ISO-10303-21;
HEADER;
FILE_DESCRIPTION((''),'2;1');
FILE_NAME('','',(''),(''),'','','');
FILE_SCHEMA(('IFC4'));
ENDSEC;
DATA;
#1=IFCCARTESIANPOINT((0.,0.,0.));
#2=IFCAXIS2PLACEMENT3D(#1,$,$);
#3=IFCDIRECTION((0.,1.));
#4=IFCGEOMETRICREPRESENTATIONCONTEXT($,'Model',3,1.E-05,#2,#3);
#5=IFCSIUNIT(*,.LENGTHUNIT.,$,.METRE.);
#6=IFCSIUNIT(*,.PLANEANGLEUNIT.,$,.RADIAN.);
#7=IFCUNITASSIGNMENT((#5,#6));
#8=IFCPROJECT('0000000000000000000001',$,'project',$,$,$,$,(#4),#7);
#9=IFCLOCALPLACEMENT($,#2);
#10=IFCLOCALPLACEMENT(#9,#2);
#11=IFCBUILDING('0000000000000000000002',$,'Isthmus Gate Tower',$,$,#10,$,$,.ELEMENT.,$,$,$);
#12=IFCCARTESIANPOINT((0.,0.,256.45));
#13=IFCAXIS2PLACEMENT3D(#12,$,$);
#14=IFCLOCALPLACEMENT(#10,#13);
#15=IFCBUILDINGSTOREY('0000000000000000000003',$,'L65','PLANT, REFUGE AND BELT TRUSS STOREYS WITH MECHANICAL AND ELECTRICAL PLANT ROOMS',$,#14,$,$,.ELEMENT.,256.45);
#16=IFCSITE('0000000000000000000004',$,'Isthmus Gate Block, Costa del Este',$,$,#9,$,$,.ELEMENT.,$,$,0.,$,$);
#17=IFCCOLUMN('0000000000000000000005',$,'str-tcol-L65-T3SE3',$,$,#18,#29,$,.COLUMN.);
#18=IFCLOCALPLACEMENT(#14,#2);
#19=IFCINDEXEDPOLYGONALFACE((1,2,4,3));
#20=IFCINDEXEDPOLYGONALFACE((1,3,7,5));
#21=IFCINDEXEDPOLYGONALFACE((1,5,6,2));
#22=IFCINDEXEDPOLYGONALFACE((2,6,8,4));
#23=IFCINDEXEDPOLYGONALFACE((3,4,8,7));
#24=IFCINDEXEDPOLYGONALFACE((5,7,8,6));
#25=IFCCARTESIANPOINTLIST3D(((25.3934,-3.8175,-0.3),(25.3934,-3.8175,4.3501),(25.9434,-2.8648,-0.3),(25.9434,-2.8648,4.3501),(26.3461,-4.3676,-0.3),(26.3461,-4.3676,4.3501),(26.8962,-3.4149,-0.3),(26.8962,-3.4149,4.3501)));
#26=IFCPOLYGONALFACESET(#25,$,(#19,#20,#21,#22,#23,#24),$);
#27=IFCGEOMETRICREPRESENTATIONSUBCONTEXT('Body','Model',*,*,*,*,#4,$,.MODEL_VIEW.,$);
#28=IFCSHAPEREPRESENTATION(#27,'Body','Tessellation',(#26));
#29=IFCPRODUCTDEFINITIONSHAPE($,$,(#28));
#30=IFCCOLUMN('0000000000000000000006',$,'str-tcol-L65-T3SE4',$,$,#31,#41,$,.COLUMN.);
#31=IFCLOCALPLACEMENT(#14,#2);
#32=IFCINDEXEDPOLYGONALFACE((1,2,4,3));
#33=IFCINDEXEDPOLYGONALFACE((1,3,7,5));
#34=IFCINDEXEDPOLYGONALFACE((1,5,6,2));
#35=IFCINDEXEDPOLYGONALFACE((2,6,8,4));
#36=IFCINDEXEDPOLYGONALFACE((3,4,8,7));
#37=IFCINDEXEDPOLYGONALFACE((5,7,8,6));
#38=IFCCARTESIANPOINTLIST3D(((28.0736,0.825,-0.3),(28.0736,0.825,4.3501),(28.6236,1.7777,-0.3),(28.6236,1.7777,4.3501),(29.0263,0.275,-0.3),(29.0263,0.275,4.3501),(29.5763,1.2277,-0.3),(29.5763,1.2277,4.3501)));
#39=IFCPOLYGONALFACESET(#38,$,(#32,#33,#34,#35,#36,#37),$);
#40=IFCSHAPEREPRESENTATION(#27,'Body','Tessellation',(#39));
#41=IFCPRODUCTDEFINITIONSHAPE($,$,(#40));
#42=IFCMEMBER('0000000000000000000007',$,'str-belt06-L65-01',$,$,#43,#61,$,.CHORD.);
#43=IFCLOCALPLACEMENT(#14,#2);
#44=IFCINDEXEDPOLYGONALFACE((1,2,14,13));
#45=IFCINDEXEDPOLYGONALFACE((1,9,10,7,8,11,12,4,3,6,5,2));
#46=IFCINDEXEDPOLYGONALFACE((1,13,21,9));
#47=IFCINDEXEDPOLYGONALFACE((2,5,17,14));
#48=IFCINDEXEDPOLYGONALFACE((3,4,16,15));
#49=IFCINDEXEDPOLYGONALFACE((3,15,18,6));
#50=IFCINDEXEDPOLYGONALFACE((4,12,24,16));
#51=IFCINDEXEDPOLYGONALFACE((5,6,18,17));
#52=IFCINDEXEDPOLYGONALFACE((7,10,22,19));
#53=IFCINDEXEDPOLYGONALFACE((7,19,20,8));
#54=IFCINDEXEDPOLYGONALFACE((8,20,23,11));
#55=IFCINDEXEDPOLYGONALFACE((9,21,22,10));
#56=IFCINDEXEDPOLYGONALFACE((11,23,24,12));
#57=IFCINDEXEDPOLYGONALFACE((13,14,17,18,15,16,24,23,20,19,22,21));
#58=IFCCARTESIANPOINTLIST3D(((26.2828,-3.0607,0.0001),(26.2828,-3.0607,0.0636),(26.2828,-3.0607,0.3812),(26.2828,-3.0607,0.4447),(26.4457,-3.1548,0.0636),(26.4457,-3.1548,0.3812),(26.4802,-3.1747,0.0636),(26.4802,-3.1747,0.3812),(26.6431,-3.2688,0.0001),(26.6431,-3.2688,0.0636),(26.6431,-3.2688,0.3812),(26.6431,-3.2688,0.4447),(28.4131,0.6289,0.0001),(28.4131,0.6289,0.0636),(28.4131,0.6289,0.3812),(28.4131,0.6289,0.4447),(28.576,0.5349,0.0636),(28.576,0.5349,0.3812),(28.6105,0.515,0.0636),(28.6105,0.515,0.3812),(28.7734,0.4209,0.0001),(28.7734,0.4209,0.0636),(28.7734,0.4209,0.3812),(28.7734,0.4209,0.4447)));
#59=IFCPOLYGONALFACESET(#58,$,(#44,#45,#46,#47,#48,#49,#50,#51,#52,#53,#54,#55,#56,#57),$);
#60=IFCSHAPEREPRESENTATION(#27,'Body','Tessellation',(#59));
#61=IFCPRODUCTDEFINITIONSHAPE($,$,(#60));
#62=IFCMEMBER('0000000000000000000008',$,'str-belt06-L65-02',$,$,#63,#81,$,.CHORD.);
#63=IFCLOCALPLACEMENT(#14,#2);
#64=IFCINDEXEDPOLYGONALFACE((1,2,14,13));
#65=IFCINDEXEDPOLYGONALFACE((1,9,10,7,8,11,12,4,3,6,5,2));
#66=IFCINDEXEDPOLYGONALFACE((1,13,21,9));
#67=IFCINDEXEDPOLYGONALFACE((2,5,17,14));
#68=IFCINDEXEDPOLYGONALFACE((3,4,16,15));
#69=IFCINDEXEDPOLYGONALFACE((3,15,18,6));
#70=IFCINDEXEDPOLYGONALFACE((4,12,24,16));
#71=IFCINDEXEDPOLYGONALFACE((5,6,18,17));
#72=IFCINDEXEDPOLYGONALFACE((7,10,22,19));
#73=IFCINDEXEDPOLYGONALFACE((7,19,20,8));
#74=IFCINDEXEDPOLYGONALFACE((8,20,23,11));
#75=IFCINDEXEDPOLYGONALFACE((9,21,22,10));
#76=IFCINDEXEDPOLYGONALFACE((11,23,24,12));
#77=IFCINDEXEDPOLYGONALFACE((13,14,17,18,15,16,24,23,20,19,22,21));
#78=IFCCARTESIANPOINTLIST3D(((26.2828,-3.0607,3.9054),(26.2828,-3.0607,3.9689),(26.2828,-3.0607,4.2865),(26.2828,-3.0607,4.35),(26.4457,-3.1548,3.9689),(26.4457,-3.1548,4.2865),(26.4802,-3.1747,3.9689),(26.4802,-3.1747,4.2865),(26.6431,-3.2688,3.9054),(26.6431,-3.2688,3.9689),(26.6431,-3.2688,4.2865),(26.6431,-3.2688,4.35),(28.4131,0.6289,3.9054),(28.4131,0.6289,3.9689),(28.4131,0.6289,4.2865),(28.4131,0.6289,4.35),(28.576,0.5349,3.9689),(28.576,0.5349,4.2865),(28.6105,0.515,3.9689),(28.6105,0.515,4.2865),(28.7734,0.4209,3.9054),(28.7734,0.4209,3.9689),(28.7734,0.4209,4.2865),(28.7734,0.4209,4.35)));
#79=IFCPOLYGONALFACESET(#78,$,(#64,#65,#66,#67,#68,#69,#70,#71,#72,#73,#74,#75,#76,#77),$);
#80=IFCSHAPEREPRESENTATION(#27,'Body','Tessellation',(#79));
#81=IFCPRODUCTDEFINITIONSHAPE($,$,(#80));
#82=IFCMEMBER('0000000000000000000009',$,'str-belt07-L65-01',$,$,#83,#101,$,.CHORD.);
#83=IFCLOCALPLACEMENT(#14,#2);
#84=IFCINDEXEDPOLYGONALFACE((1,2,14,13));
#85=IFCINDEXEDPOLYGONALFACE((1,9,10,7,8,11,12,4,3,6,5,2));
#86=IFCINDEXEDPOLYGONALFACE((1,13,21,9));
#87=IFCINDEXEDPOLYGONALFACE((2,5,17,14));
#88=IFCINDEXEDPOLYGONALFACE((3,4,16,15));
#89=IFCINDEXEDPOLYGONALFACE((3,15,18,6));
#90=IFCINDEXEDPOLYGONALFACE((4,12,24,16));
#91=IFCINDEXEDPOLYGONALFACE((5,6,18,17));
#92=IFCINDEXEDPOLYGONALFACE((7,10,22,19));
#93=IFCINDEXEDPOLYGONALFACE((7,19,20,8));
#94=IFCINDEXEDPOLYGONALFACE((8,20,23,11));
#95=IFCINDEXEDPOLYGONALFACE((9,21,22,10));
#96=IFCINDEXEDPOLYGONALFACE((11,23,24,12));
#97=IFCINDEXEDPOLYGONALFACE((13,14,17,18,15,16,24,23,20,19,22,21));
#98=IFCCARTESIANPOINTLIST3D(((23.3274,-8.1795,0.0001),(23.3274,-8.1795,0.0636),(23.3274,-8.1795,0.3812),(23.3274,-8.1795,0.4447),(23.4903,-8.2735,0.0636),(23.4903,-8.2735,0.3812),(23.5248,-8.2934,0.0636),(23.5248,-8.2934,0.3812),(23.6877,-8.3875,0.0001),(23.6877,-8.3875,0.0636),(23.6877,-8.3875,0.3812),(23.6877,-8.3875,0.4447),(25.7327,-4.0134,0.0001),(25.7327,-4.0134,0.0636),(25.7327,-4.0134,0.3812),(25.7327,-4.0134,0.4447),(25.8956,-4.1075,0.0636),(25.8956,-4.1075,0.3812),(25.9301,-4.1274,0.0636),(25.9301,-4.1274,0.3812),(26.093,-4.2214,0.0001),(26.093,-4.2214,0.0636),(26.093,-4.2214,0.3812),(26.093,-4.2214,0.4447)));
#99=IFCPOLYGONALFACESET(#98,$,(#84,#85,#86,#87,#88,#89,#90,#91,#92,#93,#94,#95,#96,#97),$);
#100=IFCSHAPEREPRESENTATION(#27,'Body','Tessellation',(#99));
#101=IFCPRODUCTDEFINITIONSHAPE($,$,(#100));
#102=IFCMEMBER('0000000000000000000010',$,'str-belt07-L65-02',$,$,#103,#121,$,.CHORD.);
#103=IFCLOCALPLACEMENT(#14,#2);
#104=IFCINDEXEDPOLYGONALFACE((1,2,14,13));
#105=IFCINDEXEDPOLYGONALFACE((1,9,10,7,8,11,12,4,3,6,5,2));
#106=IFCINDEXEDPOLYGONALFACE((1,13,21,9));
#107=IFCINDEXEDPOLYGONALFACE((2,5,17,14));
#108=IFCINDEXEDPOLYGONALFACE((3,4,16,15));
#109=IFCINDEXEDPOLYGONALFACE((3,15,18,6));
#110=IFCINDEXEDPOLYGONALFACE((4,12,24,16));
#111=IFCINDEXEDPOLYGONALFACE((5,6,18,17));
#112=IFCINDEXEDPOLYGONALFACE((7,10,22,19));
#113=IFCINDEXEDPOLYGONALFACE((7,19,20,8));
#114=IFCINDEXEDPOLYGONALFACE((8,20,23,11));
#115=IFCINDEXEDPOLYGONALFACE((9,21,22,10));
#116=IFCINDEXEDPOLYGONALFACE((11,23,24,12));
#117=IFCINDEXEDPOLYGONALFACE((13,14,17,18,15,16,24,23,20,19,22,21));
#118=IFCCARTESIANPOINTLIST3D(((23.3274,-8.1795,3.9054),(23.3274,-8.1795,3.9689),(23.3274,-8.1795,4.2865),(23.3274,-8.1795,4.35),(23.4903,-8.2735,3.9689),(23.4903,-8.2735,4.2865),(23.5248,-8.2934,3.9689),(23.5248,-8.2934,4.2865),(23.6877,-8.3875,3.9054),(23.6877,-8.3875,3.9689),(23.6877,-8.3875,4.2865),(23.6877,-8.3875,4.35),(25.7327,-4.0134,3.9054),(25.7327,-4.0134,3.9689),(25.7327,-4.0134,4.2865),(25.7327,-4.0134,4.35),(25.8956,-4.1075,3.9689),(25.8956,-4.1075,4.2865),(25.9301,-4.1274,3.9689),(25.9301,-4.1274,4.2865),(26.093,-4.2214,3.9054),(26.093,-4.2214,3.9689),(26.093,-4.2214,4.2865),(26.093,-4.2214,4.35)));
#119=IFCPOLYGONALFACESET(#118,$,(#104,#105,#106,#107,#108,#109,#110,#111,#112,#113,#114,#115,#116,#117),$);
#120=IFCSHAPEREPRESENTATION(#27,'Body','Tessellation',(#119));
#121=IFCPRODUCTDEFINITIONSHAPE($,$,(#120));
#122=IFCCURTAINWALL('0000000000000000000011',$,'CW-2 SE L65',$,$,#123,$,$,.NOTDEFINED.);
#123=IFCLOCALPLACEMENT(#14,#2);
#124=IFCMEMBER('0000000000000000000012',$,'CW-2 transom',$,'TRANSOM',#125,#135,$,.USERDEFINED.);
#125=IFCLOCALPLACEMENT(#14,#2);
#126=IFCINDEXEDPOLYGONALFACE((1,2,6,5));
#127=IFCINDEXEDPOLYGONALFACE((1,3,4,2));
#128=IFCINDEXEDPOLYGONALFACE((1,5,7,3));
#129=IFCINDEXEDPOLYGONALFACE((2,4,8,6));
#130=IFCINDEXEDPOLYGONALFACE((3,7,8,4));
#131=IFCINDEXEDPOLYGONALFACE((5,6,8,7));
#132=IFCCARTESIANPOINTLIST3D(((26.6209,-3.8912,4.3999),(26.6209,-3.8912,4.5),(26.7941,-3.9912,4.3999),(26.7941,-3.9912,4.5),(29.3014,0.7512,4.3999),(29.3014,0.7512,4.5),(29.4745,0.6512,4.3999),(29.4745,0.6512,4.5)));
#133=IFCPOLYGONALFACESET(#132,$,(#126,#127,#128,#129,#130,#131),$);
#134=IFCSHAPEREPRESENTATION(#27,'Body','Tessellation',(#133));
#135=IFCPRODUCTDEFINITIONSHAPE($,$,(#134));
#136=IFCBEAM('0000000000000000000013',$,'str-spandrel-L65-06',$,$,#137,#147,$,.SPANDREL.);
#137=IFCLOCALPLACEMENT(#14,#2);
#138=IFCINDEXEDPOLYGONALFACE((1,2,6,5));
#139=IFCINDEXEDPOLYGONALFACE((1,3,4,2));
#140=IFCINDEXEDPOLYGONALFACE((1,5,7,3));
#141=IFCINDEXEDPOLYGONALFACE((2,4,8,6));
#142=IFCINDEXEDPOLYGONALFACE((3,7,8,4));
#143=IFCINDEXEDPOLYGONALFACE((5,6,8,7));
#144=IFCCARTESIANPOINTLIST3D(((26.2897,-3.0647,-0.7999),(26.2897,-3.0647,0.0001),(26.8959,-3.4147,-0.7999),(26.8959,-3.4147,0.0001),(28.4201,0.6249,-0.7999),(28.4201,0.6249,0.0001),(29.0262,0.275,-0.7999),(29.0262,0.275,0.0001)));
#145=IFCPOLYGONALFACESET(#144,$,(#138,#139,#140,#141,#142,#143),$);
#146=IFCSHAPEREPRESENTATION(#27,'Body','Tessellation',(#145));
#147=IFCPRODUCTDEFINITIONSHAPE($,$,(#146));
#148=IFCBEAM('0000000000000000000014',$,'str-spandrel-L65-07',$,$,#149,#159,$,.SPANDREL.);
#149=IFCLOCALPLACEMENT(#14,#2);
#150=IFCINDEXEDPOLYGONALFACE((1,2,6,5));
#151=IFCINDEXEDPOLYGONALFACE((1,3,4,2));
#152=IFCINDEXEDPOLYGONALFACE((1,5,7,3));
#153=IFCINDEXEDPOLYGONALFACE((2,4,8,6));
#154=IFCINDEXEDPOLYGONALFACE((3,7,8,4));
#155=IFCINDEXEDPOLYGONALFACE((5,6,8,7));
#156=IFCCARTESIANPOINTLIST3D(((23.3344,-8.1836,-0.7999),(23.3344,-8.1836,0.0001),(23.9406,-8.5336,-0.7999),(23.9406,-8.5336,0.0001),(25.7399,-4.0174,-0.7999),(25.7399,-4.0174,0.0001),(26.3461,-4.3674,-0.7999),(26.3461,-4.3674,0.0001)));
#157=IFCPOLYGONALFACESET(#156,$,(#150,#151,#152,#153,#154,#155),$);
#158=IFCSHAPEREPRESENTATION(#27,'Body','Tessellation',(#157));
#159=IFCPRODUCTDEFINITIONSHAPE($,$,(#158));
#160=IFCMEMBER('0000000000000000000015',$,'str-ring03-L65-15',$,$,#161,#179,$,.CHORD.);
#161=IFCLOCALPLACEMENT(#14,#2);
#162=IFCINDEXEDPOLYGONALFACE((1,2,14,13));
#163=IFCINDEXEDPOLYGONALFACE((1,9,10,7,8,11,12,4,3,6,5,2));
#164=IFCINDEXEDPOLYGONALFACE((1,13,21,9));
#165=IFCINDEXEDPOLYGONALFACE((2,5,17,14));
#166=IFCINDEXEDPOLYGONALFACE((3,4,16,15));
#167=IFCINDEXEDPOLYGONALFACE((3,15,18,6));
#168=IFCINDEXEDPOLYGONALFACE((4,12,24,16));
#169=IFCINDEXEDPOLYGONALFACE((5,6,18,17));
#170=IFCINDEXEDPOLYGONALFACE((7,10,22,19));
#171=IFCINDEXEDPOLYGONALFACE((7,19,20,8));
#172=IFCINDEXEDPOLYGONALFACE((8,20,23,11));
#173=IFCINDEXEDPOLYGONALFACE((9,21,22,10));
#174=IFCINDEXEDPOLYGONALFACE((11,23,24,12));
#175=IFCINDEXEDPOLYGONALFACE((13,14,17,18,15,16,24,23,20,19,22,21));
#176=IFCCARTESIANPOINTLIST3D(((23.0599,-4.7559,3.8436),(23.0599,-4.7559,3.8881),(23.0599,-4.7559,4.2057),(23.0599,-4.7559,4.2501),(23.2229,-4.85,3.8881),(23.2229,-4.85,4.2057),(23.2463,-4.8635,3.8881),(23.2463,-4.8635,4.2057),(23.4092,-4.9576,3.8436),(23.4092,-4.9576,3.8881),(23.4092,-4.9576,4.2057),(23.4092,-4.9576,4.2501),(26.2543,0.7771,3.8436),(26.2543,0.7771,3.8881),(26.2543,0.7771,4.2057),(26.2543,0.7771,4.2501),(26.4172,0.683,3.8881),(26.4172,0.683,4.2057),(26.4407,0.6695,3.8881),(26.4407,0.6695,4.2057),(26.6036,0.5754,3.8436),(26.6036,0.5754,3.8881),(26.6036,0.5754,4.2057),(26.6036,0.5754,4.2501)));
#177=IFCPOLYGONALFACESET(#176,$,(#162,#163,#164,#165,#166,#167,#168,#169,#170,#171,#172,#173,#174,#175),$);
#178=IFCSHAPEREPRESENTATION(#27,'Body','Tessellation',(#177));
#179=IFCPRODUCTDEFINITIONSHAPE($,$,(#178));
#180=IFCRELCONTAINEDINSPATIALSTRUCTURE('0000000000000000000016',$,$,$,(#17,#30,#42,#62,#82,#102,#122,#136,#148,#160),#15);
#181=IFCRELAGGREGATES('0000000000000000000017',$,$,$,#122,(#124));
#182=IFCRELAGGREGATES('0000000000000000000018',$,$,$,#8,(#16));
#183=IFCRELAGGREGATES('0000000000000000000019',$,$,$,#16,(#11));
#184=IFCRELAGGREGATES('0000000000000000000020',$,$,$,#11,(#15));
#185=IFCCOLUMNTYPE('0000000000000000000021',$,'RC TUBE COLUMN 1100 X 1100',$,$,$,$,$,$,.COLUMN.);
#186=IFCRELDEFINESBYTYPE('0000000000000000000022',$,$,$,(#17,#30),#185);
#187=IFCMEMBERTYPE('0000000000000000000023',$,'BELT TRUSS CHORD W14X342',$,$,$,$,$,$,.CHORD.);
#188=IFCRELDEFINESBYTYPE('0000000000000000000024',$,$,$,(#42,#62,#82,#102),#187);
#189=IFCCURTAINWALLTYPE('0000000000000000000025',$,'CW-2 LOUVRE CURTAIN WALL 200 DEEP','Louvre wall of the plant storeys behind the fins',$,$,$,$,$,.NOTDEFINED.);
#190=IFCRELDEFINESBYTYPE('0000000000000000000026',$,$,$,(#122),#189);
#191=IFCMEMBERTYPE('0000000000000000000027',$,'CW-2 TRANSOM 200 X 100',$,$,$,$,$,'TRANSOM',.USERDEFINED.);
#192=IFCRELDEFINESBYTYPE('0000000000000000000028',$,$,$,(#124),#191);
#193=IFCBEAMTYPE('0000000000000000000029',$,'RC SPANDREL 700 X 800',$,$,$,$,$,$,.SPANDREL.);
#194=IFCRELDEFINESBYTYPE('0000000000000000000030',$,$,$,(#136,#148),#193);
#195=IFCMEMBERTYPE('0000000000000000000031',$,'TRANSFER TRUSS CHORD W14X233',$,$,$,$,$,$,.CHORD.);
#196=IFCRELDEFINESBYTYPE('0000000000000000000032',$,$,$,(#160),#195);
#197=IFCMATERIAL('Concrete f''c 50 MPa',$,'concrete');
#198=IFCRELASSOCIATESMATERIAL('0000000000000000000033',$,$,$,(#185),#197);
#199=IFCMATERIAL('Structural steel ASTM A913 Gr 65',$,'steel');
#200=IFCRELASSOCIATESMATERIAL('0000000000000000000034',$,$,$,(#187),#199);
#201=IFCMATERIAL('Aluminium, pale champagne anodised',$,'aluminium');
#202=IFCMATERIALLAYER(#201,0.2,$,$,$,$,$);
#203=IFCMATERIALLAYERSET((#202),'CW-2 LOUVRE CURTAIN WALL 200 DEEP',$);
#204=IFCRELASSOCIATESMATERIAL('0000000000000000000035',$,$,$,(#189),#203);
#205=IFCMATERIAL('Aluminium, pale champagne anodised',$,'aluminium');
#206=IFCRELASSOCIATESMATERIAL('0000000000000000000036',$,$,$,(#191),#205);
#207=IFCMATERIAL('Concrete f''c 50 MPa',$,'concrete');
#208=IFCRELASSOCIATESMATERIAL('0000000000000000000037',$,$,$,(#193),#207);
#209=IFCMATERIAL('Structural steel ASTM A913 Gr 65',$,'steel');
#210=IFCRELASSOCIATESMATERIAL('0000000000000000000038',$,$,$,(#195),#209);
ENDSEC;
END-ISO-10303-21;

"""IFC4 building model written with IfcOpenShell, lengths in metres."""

from ifc_helpers import new_model, si_unit, direction, frame, origin, origin_2d, place, context, subcontext, project, spatial, rectangle, i_section, extrude, material, layer, layer_set, material_profile, profile_set, type_object, element, aggregate, save


model = new_model("IFC4")

# Units and contexts
model_context = context("Model", 3, precision=1e-05, world=origin(), true_north=direction((0.0, 1.0)))
body_context = subcontext(model_context, "Body", "Model", "MODEL_VIEW")
ifc_project = project(units=[si_unit("LENGTHUNIT", "METRE"), si_unit("PLANEANGLEUNIT", "RADIAN")], contexts=[model_context])

# Site, building, storey
site_placement = place(None, origin())
site = spatial("IfcSite", under=ifc_project, at=site_placement, Name="Isthmus Gate Block, Costa del Este", CompositionType="ELEMENT", RefElevation=0.0)
building_placement = place(site_placement, origin())
building = spatial("IfcBuilding", under=site, at=building_placement, Name="Isthmus Gate Tower", CompositionType="ELEMENT")
storey_placement = place(building_placement, frame((0.0, 0.0, 256.45)))
storey = spatial("IfcBuildingStorey", under=building, at=storey_placement, Name="L65", Description="PLANT, REFUGE AND BELT TRUSS STOREYS WITH MECHANICAL AND ELECTRICAL PLANT ROOMS", CompositionType="ELEMENT", Elevation=256.45)

# Columns
ifc_material_1 = material(Name="Concrete f'c 50 MPa", Category="concrete")
ifc_material_profile_1 = material_profile(ifc_material_1, rectangle(XDim=1.1001, YDim=1.1001, at=origin_2d()), Name="RC 1100X1100")
ifc_profile_set_1 = profile_set([ifc_material_profile_1], Name="Concrete f'c 50 MPa")
column_type = type_object("IfcColumnType", Name="RC TUBE COLUMN 1100 X 1100", PredefinedType="COLUMN", material=ifc_profile_set_1)
for number, where, z_axis, x_axis, name in (
    (1, (26.1448, -3.6162, -0.3), (0.0, 0.0, 1.0), (0.5, 0.866025, 0.0), "str-tcol-L65-T3SE3"),
    (2, (28.825, 1.0264, -0.3), (0.0, 0.0, 1.0), (0.5, 0.866025, 0.0), "str-tcol-L65-T3SE4"),
):
    element("IfcColumn", number, at=place(storey_placement, frame(where, z_axis=z_axis, x_axis=x_axis)), inside=storey, type_object=column_type, Name=name, PredefinedType="COLUMN", context=body_context, shape_type="SweptSolid", body=[
        extrude(rectangle(XDim=1.1001, YDim=1.1001, at=origin_2d()), origin(), (0.0, 0.0, 1.0), 4.6501),
    ])

# Members
ifc_material_2 = material(Name="Structural steel ASTM A913 Gr 65", Category="steel")
ifc_material_profile_2 = material_profile(ifc_material_2, i_section(OverallWidth=0.416, OverallDepth=0.4446, WebThickness=0.0398, FlangeThickness=0.0635, at=origin_2d()), Name="W14X342")
ifc_profile_set_2 = profile_set([ifc_material_profile_2], Name="Structural steel ASTM A913 Gr 65")
member_type_1 = type_object("IfcMemberType", Name="BELT TRUSS CHORD W14X342", PredefinedType="CHORD", material=ifc_profile_set_2)
for number, where, z_axis, x_axis, name in (
    (3, (28.5933, 0.5249, 0.2224), (-0.500022, -0.866013, 0.0), (0.866013, -0.500022, 0.0), "str-belt06-L65-01"),
    (4, (28.5933, 0.5249, 4.1277), (-0.500022, -0.866013, 0.0), (0.866013, -0.500022, 0.0), "str-belt06-L65-02"),
):
    element("IfcMember", number, at=place(storey_placement, frame(where, z_axis=z_axis, x_axis=x_axis)), inside=storey, type_object=member_type_1, Name=name, PredefinedType="CHORD", context=body_context, shape_type="SweptSolid", body=[
        extrude(i_section(OverallWidth=0.416, OverallDepth=0.4446, WebThickness=0.0398, FlangeThickness=0.0635, at=origin_2d()), origin(), (0.0, 0.0, 1.0), 4.2605),
    ])
for number, where, z_axis, x_axis, name in (
    (5, (25.9128, -4.1174, 0.2224), (-0.500004, -0.866023, 0.0), (0.866023, -0.500004, 0.0), "str-belt07-L65-01"),
    (6, (25.9128, -4.1174, 4.1277), (-0.500004, -0.866023, 0.0), (0.866023, -0.500004, 0.0), "str-belt07-L65-02"),
):
    element("IfcMember", number, at=place(storey_placement, frame(where, z_axis=z_axis, x_axis=x_axis)), inside=storey, type_object=member_type_1, Name=name, PredefinedType="CHORD", context=body_context, shape_type="SweptSolid", body=[
        extrude(i_section(OverallWidth=0.416, OverallDepth=0.4446, WebThickness=0.0398, FlangeThickness=0.0635, at=origin_2d()), origin(), (0.0, 0.0, 1.0), 4.8105),
    ])

# Curtain wall, member
ifc_material_3 = material(Name="Aluminium, pale champagne anodised", Category="aluminium")
ifc_layer_1 = layer(ifc_material_3, 0.2)
ifc_layer_set_1 = layer_set([ifc_layer_1], Name="CW-2 LOUVRE CURTAIN WALL 200 DEEP")
curtain_wall_type = type_object("IfcCurtainWallType", Name="CW-2 LOUVRE CURTAIN WALL 200 DEEP", Description="Louvre wall of the plant storeys behind the fins", PredefinedType="NOTDEFINED", material=ifc_layer_set_1)
curtain_wall_placement = place(storey_placement, origin())
curtain_wall = element("IfcCurtainWall", 7, at=curtain_wall_placement, inside=storey, type_object=curtain_wall_type, Name="CW-2 SE L65", PredefinedType="NOTDEFINED")
ifc_material_4 = material(Name="Aluminium, pale champagne anodised", Category="aluminium")
ifc_material_profile_3 = material_profile(ifc_material_4, rectangle(XDim=0.2, YDim=0.1001, at=origin_2d()), Name="200x100")
ifc_profile_set_3 = profile_set([ifc_material_profile_3], Name="Aluminium, pale champagne anodised")
member_type_2 = type_object("IfcMemberType", Name="CW-2 TRANSOM 200 X 100", ElementType="TRANSOM", PredefinedType="USERDEFINED", material=ifc_profile_set_3)
member_1_placement = place(storey_placement, frame((26.7075, -3.9412, 4.45), z_axis=(0.500023, 0.866012, 0.0), x_axis=(-0.866012, 0.500023, 0.0)))
member_1 = element("IfcMember", 8, at=member_1_placement, type_object=member_type_2, Name="CW-2 transom", ObjectType="TRANSOM", PredefinedType="USERDEFINED", context=body_context, shape_type="SweptSolid", body=[
    extrude(rectangle(XDim=0.2, YDim=0.1001, at=origin_2d()), origin(), (0.0, 0.0, 1.0), 5.3606),
])

# Beams
ifc_material_5 = material(Name="Concrete f'c 50 MPa", Category="concrete")
ifc_material_profile_4 = material_profile(ifc_material_5, rectangle(XDim=0.7, YDim=0.8, at=origin_2d()), Name="RC 700X800")
ifc_profile_set_4 = profile_set([ifc_material_profile_4], Name="Concrete f'c 50 MPa")
beam_type = type_object("IfcBeamType", Name="RC SPANDREL 700 X 800", PredefinedType="SPANDREL", material=ifc_profile_set_4)
beam_1_placement = place(storey_placement, frame((28.7231, 0.45, -0.3999), z_axis=(-0.500022, -0.866013, 0.0), x_axis=(0.866013, -0.500022, 0.0)))
element("IfcBeam", 9, at=beam_1_placement, inside=storey, type_object=beam_type, Name="str-spandrel-L65-06", PredefinedType="SPANDREL", context=body_context, shape_type="SweptSolid", body=[
    extrude(rectangle(XDim=0.7, YDim=0.8, at=origin_2d()), origin(), (0.0, 0.0, 1.0), 4.2605),
])
beam_2_placement = place(storey_placement, frame((26.043, -4.1924, -0.3999), z_axis=(-0.50002, -0.866014, 0.0), x_axis=(0.866014, -0.50002, 0.0)))
element("IfcBeam", 10, at=beam_2_placement, inside=storey, type_object=beam_type, Name="str-spandrel-L65-07", PredefinedType="SPANDREL", context=body_context, shape_type="SweptSolid", body=[
    extrude(rectangle(XDim=0.7, YDim=0.8, at=origin_2d()), origin(), (0.0, 0.0, 1.0), 4.8108),
])

# Member
ifc_material_6 = material(Name="Structural steel ASTM A913 Gr 65", Category="steel")
ifc_material_profile_5 = material_profile(ifc_material_6, i_section(OverallWidth=0.4033, OverallDepth=0.4065, WebThickness=0.0271, FlangeThickness=0.0444, at=origin_2d()), Name="W14X233")
ifc_profile_set_5 = profile_set([ifc_material_profile_5], Name="Structural steel ASTM A913 Gr 65")
member_type_3 = type_object("IfcMemberType", Name="TRANSFER TRUSS CHORD W14X233", PredefinedType="CHORD", material=ifc_profile_set_5)
member_2_placement = place(storey_placement, frame((26.429, 0.6763, 4.0469), z_axis=(-0.499986, -0.866033, 0.0), x_axis=(0.866033, -0.499986, 0.0)))
element("IfcMember", 11, at=member_2_placement, inside=storey, type_object=member_type_3, Name="str-ring03-L65-15", PredefinedType="CHORD", context=body_context, shape_type="SweptSolid", body=[
    extrude(i_section(OverallWidth=0.4033, OverallDepth=0.4065, WebThickness=0.0271, FlangeThickness=0.0444, at=origin_2d()), origin(), (0.0, 0.0, 1.0), 6.3889),
])

aggregate(curtain_wall, [member_1])

save(model, "model.ifc")
